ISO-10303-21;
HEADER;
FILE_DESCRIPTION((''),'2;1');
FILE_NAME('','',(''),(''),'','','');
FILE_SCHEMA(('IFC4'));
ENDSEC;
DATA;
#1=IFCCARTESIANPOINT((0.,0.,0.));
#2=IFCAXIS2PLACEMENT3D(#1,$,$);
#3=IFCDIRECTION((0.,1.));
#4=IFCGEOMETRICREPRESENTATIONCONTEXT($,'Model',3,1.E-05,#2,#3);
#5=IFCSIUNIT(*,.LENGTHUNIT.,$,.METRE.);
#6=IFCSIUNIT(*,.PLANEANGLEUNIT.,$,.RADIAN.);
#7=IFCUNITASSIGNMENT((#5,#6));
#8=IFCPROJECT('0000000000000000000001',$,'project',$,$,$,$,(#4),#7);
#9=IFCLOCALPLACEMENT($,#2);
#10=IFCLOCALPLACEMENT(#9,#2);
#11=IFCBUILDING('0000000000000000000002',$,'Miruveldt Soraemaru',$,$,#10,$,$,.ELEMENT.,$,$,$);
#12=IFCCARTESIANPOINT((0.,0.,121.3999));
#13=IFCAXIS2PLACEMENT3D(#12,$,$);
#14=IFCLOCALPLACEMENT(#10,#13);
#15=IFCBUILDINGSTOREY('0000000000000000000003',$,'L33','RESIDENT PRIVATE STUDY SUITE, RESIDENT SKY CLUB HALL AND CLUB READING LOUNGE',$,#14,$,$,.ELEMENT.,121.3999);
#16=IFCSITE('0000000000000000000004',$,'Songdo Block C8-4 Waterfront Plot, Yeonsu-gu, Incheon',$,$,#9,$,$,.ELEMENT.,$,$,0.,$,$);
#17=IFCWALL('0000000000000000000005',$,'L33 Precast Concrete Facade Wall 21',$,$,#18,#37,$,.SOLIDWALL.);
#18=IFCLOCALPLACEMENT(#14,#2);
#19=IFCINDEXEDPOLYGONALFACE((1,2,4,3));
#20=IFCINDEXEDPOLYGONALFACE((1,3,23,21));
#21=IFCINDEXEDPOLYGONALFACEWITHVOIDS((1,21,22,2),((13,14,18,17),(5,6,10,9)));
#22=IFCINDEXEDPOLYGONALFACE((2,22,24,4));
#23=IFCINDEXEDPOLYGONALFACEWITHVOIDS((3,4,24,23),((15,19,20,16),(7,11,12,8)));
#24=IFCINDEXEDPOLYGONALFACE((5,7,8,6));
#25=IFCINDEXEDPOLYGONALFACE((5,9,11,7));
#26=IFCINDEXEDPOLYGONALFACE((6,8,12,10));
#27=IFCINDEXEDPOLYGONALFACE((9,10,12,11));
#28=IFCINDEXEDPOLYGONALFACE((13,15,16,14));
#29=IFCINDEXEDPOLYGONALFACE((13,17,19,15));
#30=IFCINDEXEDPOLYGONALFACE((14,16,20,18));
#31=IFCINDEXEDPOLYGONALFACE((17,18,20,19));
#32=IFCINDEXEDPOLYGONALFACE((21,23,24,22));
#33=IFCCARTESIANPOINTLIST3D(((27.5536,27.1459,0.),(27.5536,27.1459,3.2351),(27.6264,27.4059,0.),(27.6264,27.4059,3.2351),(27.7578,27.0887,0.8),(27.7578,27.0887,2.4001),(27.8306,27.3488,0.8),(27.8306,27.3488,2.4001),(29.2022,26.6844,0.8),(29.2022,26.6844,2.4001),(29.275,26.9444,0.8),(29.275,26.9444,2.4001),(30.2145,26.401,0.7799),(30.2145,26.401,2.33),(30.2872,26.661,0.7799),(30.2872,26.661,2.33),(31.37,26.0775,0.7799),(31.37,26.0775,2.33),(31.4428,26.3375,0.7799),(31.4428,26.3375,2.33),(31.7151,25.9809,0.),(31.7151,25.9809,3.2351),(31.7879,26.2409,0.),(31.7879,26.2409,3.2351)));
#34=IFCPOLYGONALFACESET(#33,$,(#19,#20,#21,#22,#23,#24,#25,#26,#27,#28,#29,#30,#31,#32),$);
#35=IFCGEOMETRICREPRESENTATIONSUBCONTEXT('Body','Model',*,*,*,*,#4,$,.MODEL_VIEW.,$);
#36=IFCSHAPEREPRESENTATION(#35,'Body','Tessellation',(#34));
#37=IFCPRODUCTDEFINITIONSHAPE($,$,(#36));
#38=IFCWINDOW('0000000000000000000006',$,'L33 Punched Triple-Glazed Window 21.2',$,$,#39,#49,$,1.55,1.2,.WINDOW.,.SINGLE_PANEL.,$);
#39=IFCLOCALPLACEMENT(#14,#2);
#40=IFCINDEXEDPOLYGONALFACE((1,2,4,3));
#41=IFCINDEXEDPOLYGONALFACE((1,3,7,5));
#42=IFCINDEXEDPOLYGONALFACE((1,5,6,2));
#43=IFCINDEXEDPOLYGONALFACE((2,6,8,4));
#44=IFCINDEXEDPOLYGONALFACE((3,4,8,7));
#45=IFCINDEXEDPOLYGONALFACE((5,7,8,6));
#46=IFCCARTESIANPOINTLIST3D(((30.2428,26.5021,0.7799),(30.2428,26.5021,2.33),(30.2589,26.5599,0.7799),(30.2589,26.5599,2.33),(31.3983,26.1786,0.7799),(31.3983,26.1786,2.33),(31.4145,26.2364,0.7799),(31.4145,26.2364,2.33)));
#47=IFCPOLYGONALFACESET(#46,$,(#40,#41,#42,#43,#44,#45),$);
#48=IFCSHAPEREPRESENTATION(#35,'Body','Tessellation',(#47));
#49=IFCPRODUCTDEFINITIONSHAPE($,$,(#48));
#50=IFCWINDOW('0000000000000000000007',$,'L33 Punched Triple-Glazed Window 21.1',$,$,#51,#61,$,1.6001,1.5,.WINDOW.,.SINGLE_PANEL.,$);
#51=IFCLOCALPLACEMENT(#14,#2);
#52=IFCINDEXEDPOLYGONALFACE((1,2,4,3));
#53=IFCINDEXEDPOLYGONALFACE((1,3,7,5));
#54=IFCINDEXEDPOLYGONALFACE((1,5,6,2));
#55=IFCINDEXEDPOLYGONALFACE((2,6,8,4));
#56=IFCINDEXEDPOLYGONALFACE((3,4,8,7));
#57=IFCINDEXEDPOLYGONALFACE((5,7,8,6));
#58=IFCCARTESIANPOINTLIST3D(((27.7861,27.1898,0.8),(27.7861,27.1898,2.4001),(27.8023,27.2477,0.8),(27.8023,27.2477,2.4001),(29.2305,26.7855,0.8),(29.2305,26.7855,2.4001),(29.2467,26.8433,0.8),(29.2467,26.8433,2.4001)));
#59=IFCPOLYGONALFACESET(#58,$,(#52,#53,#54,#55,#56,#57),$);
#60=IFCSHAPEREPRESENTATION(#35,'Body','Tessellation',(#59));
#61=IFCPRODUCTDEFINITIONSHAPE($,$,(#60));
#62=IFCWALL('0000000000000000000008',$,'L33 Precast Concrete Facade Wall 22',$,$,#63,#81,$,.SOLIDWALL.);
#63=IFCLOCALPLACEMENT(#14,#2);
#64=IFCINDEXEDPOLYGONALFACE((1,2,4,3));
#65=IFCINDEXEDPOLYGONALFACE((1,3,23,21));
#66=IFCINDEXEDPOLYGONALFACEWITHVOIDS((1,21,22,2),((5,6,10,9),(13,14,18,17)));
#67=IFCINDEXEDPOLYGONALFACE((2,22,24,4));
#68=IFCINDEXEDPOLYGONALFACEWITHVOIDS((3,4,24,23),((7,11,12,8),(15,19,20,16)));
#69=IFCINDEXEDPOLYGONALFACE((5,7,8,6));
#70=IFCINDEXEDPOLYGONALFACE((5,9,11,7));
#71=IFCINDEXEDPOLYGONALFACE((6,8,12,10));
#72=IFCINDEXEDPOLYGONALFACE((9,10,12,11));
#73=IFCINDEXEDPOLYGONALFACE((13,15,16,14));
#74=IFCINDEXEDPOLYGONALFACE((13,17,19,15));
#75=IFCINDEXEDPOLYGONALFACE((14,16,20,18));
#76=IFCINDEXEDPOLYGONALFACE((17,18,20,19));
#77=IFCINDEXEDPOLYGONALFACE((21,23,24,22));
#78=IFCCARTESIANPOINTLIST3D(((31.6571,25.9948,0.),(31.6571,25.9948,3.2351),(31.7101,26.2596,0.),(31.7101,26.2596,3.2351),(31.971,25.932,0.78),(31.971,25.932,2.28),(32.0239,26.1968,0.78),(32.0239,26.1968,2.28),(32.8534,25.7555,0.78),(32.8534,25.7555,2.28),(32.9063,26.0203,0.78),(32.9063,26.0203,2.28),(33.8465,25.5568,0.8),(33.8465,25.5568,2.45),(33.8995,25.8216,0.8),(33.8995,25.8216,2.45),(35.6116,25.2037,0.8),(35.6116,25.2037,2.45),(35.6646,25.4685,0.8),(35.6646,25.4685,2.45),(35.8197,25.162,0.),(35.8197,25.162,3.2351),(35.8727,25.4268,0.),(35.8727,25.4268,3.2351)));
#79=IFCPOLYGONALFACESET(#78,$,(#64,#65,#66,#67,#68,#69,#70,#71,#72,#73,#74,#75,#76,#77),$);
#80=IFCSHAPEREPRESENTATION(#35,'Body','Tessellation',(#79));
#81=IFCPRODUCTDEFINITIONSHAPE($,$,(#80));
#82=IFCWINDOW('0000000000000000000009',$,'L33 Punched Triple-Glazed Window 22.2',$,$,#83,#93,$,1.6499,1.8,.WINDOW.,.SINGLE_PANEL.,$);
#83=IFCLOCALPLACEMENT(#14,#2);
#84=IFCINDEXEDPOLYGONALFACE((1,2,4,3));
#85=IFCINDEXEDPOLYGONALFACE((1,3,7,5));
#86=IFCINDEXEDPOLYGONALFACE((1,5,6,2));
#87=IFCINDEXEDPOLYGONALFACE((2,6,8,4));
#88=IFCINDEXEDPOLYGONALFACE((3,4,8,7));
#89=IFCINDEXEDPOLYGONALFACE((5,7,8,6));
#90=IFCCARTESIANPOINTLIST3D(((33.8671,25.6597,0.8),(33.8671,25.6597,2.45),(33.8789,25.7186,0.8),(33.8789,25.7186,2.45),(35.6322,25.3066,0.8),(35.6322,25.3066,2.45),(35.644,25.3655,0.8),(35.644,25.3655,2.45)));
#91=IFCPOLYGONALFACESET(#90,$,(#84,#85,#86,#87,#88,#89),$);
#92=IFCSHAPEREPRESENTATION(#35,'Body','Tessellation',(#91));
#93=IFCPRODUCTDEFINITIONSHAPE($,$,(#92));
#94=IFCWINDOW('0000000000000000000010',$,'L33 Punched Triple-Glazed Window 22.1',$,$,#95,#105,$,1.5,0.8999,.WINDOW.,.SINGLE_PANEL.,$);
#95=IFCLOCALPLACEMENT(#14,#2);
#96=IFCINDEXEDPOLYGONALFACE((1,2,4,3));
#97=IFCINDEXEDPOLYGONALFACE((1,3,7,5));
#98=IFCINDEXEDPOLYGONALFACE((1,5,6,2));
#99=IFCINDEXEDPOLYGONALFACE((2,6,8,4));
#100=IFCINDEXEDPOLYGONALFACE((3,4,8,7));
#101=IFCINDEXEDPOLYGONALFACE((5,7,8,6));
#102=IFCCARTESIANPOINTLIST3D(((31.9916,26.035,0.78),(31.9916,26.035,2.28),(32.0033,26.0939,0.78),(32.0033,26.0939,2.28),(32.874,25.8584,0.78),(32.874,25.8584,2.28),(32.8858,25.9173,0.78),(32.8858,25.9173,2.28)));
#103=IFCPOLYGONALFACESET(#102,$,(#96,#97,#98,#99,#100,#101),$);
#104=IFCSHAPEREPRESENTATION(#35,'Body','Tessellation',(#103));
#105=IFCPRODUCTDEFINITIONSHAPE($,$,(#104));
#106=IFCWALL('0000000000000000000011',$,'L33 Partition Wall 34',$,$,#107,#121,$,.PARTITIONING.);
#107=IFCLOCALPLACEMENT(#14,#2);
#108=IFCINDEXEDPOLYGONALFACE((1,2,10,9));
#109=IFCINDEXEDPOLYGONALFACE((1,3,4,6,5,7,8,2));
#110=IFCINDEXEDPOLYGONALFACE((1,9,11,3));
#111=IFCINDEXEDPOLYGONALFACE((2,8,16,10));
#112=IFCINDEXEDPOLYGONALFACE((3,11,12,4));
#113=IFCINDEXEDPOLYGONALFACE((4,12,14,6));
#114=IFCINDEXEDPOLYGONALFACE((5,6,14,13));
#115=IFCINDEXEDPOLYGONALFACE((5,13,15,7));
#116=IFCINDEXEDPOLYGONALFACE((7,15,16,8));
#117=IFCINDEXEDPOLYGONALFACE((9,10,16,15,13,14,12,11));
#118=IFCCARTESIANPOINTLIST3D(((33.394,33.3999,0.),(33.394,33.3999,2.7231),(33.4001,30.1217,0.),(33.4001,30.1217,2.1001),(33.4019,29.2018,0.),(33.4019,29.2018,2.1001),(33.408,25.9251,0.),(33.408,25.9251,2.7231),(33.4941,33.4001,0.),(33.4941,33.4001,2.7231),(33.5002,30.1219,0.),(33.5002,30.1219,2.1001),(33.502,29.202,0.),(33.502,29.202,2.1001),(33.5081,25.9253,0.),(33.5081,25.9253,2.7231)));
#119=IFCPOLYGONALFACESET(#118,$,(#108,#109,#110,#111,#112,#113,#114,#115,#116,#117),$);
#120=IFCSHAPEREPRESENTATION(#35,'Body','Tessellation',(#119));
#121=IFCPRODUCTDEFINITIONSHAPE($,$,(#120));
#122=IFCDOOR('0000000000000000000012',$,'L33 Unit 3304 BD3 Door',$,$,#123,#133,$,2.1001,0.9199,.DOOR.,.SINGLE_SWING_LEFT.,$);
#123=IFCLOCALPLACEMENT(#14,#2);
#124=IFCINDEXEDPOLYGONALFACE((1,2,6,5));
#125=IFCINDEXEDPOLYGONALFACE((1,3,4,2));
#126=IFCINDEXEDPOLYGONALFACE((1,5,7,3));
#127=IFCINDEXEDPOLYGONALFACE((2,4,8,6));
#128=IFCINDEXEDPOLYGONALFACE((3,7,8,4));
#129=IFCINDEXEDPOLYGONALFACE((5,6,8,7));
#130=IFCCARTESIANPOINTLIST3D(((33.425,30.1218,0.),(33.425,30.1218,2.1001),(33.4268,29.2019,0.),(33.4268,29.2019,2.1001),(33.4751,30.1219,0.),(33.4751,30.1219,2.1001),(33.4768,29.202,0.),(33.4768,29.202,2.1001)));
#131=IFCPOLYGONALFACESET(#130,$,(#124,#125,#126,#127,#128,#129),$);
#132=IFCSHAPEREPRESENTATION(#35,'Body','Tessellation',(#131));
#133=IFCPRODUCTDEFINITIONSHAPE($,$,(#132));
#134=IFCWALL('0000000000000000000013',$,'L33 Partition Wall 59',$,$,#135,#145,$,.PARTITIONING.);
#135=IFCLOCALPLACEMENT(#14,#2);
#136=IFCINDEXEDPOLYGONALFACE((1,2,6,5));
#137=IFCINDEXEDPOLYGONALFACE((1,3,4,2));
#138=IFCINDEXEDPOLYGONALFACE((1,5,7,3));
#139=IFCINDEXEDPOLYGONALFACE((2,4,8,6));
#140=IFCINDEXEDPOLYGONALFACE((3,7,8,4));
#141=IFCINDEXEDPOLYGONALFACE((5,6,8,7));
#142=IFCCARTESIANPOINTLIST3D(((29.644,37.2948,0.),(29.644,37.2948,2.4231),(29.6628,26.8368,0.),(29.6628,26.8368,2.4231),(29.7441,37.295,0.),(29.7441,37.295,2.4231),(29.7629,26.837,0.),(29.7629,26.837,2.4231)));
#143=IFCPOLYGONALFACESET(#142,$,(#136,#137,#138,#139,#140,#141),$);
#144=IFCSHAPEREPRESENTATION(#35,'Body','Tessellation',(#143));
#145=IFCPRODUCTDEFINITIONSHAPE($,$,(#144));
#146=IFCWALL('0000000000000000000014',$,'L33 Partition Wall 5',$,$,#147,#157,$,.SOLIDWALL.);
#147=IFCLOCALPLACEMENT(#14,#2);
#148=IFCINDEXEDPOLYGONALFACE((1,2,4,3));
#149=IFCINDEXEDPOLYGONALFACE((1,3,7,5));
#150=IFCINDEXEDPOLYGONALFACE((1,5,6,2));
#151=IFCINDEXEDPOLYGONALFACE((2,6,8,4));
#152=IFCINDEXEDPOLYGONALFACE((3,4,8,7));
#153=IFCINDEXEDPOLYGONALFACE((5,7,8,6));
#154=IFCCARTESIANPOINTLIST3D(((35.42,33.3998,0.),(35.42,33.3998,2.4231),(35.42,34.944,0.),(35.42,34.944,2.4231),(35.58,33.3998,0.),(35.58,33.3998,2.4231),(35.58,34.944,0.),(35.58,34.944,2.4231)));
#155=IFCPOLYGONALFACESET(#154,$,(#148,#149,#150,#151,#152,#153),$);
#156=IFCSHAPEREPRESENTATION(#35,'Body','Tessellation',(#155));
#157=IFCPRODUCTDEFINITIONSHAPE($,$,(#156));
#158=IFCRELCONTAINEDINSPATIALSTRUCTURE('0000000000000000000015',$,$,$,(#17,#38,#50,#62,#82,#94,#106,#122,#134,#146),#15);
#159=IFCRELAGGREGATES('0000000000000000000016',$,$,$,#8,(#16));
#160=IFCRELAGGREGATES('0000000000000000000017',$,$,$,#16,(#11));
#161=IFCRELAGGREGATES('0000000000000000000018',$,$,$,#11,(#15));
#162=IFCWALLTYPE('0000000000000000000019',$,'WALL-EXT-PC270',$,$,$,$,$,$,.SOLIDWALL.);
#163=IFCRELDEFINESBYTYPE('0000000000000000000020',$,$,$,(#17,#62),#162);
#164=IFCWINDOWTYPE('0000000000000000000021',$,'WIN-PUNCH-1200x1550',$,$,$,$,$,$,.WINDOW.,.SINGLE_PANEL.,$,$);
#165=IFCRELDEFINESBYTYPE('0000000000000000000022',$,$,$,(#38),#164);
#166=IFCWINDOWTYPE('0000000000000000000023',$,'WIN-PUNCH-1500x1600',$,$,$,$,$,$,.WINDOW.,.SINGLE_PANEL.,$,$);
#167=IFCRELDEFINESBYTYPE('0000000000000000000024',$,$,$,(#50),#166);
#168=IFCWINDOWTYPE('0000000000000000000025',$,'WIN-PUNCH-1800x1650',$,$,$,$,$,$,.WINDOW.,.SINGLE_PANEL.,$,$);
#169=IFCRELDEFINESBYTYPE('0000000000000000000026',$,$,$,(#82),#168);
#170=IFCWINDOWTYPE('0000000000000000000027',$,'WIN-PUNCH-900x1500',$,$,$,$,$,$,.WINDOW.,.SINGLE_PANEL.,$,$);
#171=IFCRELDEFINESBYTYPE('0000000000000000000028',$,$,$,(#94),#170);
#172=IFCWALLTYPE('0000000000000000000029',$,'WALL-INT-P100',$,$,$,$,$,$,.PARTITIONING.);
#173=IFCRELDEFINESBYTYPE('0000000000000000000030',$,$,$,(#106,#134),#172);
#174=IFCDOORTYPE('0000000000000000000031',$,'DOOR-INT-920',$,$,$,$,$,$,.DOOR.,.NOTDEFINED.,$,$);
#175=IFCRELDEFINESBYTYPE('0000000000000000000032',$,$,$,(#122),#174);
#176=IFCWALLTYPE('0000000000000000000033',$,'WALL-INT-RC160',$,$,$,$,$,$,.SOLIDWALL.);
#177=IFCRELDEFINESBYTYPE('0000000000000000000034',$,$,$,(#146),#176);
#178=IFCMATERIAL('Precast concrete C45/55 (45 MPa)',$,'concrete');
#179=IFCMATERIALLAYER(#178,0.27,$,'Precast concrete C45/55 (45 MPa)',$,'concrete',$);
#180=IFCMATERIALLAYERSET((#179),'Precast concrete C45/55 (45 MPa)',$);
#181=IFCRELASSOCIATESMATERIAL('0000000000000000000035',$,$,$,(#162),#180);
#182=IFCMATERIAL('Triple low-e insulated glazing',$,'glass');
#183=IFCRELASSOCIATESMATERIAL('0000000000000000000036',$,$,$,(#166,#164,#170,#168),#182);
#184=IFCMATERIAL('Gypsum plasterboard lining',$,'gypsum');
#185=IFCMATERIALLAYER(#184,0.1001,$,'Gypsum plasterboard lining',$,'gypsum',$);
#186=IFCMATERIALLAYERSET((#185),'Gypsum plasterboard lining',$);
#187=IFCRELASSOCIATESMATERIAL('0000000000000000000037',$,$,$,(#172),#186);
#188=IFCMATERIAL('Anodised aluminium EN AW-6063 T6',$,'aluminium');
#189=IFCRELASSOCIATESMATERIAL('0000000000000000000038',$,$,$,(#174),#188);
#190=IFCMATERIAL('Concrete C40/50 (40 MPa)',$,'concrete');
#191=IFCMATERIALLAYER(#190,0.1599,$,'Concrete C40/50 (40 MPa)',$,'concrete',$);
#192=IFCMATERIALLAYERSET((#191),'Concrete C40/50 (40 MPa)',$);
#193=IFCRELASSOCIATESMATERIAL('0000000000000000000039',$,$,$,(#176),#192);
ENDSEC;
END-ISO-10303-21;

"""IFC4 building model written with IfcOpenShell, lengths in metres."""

from ifc_helpers import new_model, si_unit, direction, frame, frame_2d, origin, place, context, subcontext, project, spatial, rectangle, extrude, material, layer, layer_set, type_object, element, fill, save


model = new_model("IFC4")

# Units and contexts
model_context = context("Model", 3, precision=1e-05, world=origin(), true_north=direction((0.0, 1.0)))
body_context = subcontext(model_context, "Body", "Model", "MODEL_VIEW")
ifc_project = project(units=[si_unit("LENGTHUNIT", "METRE"), si_unit("PLANEANGLEUNIT", "RADIAN")], contexts=[model_context])

# Site, building, storey
site_placement = place(None, origin())
site = spatial("IfcSite", under=ifc_project, at=site_placement, Name="Songdo Block C8-4 Waterfront Plot, Yeonsu-gu, Incheon", CompositionType="ELEMENT", RefElevation=0.0)
building_placement = place(site_placement, origin())
building = spatial("IfcBuilding", under=site, at=building_placement, Name="Miruveldt Soraemaru", CompositionType="ELEMENT")
storey_placement = place(building_placement, frame((0.0, 0.0, 121.3999)))
storey = spatial("IfcBuildingStorey", under=building, at=storey_placement, Name="L33", Description="RESIDENT PRIVATE STUDY SUITE, RESIDENT SKY CLUB HALL AND CLUB READING LOUNGE", CompositionType="ELEMENT", Elevation=121.3999)

# Shared definitions
ifc_material_1 = material(Name="Concrete C40/50 (40 MPa)", Category="concrete")

# Shared definitions
ifc_material_2 = material(Name="Precast concrete C45/55 (45 MPa)", Category="concrete")
ifc_layer_1 = layer(ifc_material_2, 0.27, Name="Precast concrete C45/55 (45 MPa)", Category="concrete")
ifc_layer_set_1 = layer_set([ifc_layer_1], Name="Precast concrete C45/55 (45 MPa)")
wall_type_1 = type_object("IfcWallType", Name="WALL-EXT-PC270", PredefinedType="SOLIDWALL", material=ifc_layer_set_1)
ifc_material_3 = material(Name="Triple low-e insulated glazing", Category="glass")
window_type_1 = type_object("IfcWindowType", Name="WIN-PUNCH-1500x1600", PartitioningType="SINGLE_PANEL", PredefinedType="WINDOW", material=ifc_material_3)
window_type_2 = type_object("IfcWindowType", Name="WIN-PUNCH-1200x1550", PartitioningType="SINGLE_PANEL", PredefinedType="WINDOW", material=ifc_material_3)
window_type_3 = type_object("IfcWindowType", Name="WIN-PUNCH-900x1500", PartitioningType="SINGLE_PANEL", PredefinedType="WINDOW", material=ifc_material_3)
window_type_4 = type_object("IfcWindowType", Name="WIN-PUNCH-1800x1650", PartitioningType="SINGLE_PANEL", PredefinedType="WINDOW", material=ifc_material_3)

# Walls, openings, windows
wall_1_placement = place(storey_placement, frame((27.5901, 27.2759, 0.0), z_axis=(0.0, 0.0, 1.0), x_axis=(0.962977, -0.269584, 0.0)))
wall_1 = element("IfcWall", 1, at=wall_1_placement, inside=storey, type_object=wall_type_1, Name="L33 Precast Concrete Facade Wall 21", PredefinedType="SOLIDWALL", context=body_context, shape_type="SweptSolid", body=[
    extrude(rectangle(XDim=4.3215, YDim=0.27, at=frame_2d((2.1606, 0.0))), origin(), (0.0, 0.0, 1.0), 3.2351),
])
opening_1_placement = place(wall_1_placement, frame((0.2119, 0.0, 0.8)))
opening_1 = element("IfcOpeningElement", 2, at=opening_1_placement, cuts=wall_1, PredefinedType="OPENING", context=body_context, shape_type="SweptSolid", body=[
    extrude(rectangle(XDim=1.5, YDim=1.6001, at=frame_2d((0.75, 0.8))), frame((0.0, 0.145, 0.0), z_axis=(0.0, -1.0, 0.0), x_axis=(1.0, 0.0, 0.0)), (0.0, 0.0, 1.0), 0.29),
])
opening_2_placement = place(wall_1_placement, frame((2.7629, 0.0, 0.78)))
opening_2 = element("IfcOpeningElement", 3, at=opening_2_placement, cuts=wall_1, PredefinedType="OPENING", context=body_context, shape_type="SweptSolid", body=[
    extrude(rectangle(XDim=1.2, YDim=1.55, at=frame_2d((0.6001, 0.7749))), frame((0.0, 0.145, 0.0), z_axis=(0.0, -1.0, 0.0), x_axis=(1.0, 0.0, 0.0)), (0.0, 0.0, 1.0), 0.29),
])
window_1_placement = place(opening_2_placement, origin())
window_1 = element("IfcWindow", 4, at=window_1_placement, inside=storey, type_object=window_type_2, Name="L33 Punched Triple-Glazed Window 21.2", OverallHeight=1.55, OverallWidth=1.2, PartitioningType="SINGLE_PANEL", PredefinedType="WINDOW", context=body_context, shape_type="SweptSolid", body=[
    extrude(rectangle(XDim=1.2, YDim=1.55, at=frame_2d((0.6001, 0.7749))), frame((0.0, 0.03, 0.0), z_axis=(0.0, -1.0, 0.0), x_axis=(1.0, 0.0, 0.0)), (0.0, 0.0, 1.0), 0.0601),
])
fill(opening_2, window_1)
window_2_placement = place(opening_1_placement, origin())
window_2 = element("IfcWindow", 5, at=window_2_placement, inside=storey, type_object=window_type_1, Name="L33 Punched Triple-Glazed Window 21.1", OverallHeight=1.6001, OverallWidth=1.5, PartitioningType="SINGLE_PANEL", PredefinedType="WINDOW", context=body_context, shape_type="SweptSolid", body=[
    extrude(rectangle(XDim=1.5, YDim=1.6001, at=frame_2d((0.75, 0.8))), frame((0.0, 0.03, 0.0), z_axis=(0.0, -1.0, 0.0), x_axis=(1.0, 0.0, 0.0)), (0.0, 0.0, 1.0), 0.0601),
])
fill(opening_1, window_2)
wall_2_placement = place(storey_placement, frame((31.6836, 26.1272, 0.0), z_axis=(0.0, 0.0, 1.0), x_axis=(0.98057, -0.196171, 0.0)))
wall_2 = element("IfcWall", 6, at=wall_2_placement, inside=storey, type_object=wall_type_1, Name="L33 Precast Concrete Facade Wall 22", PredefinedType="SOLIDWALL", context=body_context, shape_type="SweptSolid", body=[
    extrude(rectangle(XDim=4.2451, YDim=0.27, at=frame_2d((2.1226, 0.0))), origin(), (0.0, 0.0, 1.0), 3.2351),
])
opening_3_placement = place(wall_2_placement, frame((0.3201, 0.0, 0.78)))
opening_3 = element("IfcOpeningElement", 7, at=opening_3_placement, cuts=wall_2, PredefinedType="OPENING", context=body_context, shape_type="SweptSolid", body=[
    extrude(rectangle(XDim=0.8999, YDim=1.5, at=frame_2d((0.45, 0.75))), frame((0.0, 0.145, 0.0), z_axis=(0.0, -1.0, 0.0), x_axis=(1.0, 0.0, 0.0)), (0.0, 0.0, 1.0), 0.29),
])
opening_4_placement = place(wall_2_placement, frame((2.2329, 0.0, 0.8)))
opening_4 = element("IfcOpeningElement", 8, at=opening_4_placement, cuts=wall_2, PredefinedType="OPENING", context=body_context, shape_type="SweptSolid", body=[
    extrude(rectangle(XDim=1.8, YDim=1.6499, at=frame_2d((0.8999, 0.825))), frame((0.0, 0.145, 0.0), z_axis=(0.0, -1.0, 0.0), x_axis=(1.0, 0.0, 0.0)), (0.0, 0.0, 1.0), 0.29),
])
window_3_placement = place(opening_4_placement, origin())
window_3 = element("IfcWindow", 9, at=window_3_placement, inside=storey, type_object=window_type_4, Name="L33 Punched Triple-Glazed Window 22.2", OverallHeight=1.6499, OverallWidth=1.8, PartitioningType="SINGLE_PANEL", PredefinedType="WINDOW", context=body_context, shape_type="SweptSolid", body=[
    extrude(rectangle(XDim=1.8, YDim=1.6499, at=frame_2d((0.8999, 0.825))), frame((0.0, 0.03, 0.0), z_axis=(0.0, -1.0, 0.0), x_axis=(1.0, 0.0, 0.0)), (0.0, 0.0, 1.0), 0.0601),
])
fill(opening_4, window_3)
window_4_placement = place(opening_3_placement, origin())
window_4 = element("IfcWindow", 10, at=window_4_placement, inside=storey, type_object=window_type_3, Name="L33 Punched Triple-Glazed Window 22.1", OverallHeight=1.5, OverallWidth=0.8999, PartitioningType="SINGLE_PANEL", PredefinedType="WINDOW", context=body_context, shape_type="SweptSolid", body=[
    extrude(rectangle(XDim=0.8999, YDim=1.5, at=frame_2d((0.45, 0.75))), frame((0.0, 0.03, 0.0), z_axis=(0.0, -1.0, 0.0), x_axis=(1.0, 0.0, 0.0)), (0.0, 0.0, 1.0), 0.0601),
])
fill(opening_3, window_4)

# Wall, opening, door
ifc_material_4 = material(Name="Gypsum plasterboard lining", Category="gypsum")
ifc_layer_2 = layer(ifc_material_4, 0.1001, Name="Gypsum plasterboard lining", Category="gypsum")
ifc_layer_set_2 = layer_set([ifc_layer_2], Name="Gypsum plasterboard lining")
wall_type_2 = type_object("IfcWallType", Name="WALL-INT-P100", PredefinedType="PARTITIONING", material=ifc_layer_set_2)
wall_3_placement = place(storey_placement, frame((33.4441, 33.3999, 0.0), z_axis=(0.0, 0.0, 1.0), x_axis=(0.001862, -0.999998, 0.0)))
wall_3 = element("IfcWall", 11, at=wall_3_placement, inside=storey, type_object=wall_type_2, Name="L33 Partition Wall 34", PredefinedType="PARTITIONING", context=body_context, shape_type="SweptSolid", body=[
    extrude(rectangle(XDim=7.4749, YDim=0.1001, at=frame_2d((3.7373, 0.0))), origin(), (0.0, 0.0, 1.0), 2.7231),
])
opening_5_placement = place(wall_3_placement, frame((3.2781, 0.0, 0.0)))
opening_5 = element("IfcOpeningElement", 12, at=opening_5_placement, cuts=wall_3, PredefinedType="OPENING", context=body_context, shape_type="SweptSolid", body=[
    extrude(rectangle(XDim=0.9199, YDim=2.1001, at=frame_2d((0.46, 1.05))), frame((0.0, 0.0601, 0.0), z_axis=(0.0, -1.0, 0.0), x_axis=(1.0, 0.0, 0.0)), (0.0, 0.0, 1.0), 0.1201),
])
ifc_material_5 = material(Name="Anodised aluminium EN AW-6063 T6", Category="aluminium")
door_type_1 = type_object("IfcDoorType", Name="DOOR-INT-920", OperationType="NOTDEFINED", PredefinedType="DOOR", material=ifc_material_5)
door_1_placement = place(opening_5_placement, origin())
door_1 = element("IfcDoor", 13, at=door_1_placement, inside=storey, type_object=door_type_1, Name="L33 Unit 3304 BD3 Door", OperationType="SINGLE_SWING_LEFT", OverallHeight=2.1001, OverallWidth=0.9199, PredefinedType="DOOR", context=body_context, shape_type="SweptSolid", body=[
    extrude(rectangle(XDim=0.9199, YDim=2.1001, at=frame_2d((0.46, 1.05))), frame((0.0, 0.0249, 0.0), z_axis=(0.0, -1.0, 0.0), x_axis=(1.0, 0.0, 0.0)), (0.0, 0.0, 1.0), 0.05),
])
fill(opening_5, door_1)

# Wall
wall_4_placement = place(storey_placement, frame((29.7129, 26.8369, 0.0), z_axis=(0.0, 0.0, 1.0), x_axis=(-0.001798, 0.999998, 0.0)))
element("IfcWall", 14, at=wall_4_placement, inside=storey, type_object=wall_type_2, Name="L33 Partition Wall 59", PredefinedType="PARTITIONING", context=body_context, shape_type="SweptSolid", body=[
    extrude(rectangle(XDim=10.458, YDim=0.1001, at=frame_2d((5.229, 0.0))), origin(), (0.0, 0.0, 1.0), 2.4231),
])

# Shared definitions
ifc_layer_3 = layer(ifc_material_1, 0.1599, Name="Concrete C40/50 (40 MPa)", Category="concrete")
ifc_layer_set_3 = layer_set([ifc_layer_3], Name="Concrete C40/50 (40 MPa)")
wall_type_3 = type_object("IfcWallType", Name="WALL-INT-RC160", PredefinedType="SOLIDWALL", material=ifc_layer_set_3)

# Wall
wall_5_placement = place(storey_placement, frame((35.5, 33.3999, 0.0), z_axis=(0.0, 0.0, 1.0), x_axis=(0.0, 1.0, 0.0)))
element("IfcWall", 15, at=wall_5_placement, inside=storey, type_object=wall_type_3, Name="L33 Partition Wall 5", PredefinedType="SOLIDWALL", context=body_context, shape_type="SweptSolid", body=[
    extrude(rectangle(XDim=1.5442, YDim=0.1599, at=frame_2d((0.772, 0.0))), origin(), (0.0, 0.0, 1.0), 2.4231),
])

save(model, "model.ifc")
